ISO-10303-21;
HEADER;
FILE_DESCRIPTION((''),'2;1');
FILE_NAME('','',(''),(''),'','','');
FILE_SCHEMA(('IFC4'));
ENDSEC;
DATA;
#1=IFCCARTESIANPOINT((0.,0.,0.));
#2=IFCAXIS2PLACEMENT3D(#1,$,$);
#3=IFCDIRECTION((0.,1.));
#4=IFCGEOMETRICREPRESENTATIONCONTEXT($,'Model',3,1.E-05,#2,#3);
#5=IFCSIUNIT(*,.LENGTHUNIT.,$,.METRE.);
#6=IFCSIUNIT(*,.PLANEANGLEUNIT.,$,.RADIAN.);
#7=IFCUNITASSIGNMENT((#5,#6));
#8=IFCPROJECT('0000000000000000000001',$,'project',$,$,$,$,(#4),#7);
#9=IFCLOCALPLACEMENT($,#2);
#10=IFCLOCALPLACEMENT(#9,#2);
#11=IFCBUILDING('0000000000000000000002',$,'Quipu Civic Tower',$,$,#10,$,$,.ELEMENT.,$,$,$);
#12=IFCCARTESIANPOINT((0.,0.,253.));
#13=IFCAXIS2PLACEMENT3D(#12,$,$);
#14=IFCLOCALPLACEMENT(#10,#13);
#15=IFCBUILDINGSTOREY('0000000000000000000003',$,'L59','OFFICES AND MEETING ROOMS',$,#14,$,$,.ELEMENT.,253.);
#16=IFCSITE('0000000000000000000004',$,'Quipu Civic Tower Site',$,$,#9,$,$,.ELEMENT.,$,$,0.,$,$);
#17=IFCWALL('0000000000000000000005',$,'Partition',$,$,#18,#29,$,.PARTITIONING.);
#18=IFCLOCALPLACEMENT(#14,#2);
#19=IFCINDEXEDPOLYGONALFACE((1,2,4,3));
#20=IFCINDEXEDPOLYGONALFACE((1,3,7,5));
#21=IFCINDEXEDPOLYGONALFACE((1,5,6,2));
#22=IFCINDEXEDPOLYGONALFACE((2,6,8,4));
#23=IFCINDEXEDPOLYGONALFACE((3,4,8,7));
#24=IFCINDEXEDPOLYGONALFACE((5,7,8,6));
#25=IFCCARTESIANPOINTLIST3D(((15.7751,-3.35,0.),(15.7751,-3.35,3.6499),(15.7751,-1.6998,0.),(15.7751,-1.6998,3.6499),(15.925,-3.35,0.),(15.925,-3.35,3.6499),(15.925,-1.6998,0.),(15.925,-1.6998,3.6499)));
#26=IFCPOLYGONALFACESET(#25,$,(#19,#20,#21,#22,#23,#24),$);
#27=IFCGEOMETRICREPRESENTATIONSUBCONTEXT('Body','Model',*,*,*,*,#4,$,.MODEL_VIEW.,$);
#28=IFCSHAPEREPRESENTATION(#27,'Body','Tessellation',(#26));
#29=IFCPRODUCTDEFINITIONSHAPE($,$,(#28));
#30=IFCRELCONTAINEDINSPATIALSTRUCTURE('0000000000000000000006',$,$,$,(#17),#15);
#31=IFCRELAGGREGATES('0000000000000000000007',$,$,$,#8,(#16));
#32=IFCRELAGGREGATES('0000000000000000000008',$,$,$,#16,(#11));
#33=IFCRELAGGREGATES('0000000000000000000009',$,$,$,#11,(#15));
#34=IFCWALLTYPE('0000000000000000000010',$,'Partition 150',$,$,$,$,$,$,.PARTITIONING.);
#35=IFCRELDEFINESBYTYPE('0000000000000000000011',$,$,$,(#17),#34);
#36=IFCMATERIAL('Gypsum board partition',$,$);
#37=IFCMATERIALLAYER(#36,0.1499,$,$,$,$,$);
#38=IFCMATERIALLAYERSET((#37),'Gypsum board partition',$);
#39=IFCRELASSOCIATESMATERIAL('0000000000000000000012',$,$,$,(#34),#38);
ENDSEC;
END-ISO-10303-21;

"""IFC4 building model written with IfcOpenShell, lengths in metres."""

from ifc_helpers import new_model, si_unit, direction, frame, frame_2d, origin, place, context, subcontext, project, spatial, rectangle, extrude, material, layer, layer_set, type_object, element, save


model = new_model("IFC4")

# Units and contexts
model_context = context("Model", 3, precision=1e-05, world=origin(), true_north=direction((0.0, 1.0)))
body_context = subcontext(model_context, "Body", "Model", "MODEL_VIEW")
ifc_project = project(units=[si_unit("LENGTHUNIT", "METRE"), si_unit("PLANEANGLEUNIT", "RADIAN")], contexts=[model_context])

# Site, building, storey
site_placement = place(None, origin())
site = spatial("IfcSite", under=ifc_project, at=site_placement, Name="Quipu Civic Tower Site", CompositionType="ELEMENT", RefElevation=0.0)
building_placement = place(site_placement, origin())
building = spatial("IfcBuilding", under=site, at=building_placement, Name="Quipu Civic Tower", CompositionType="ELEMENT")
storey_placement = place(building_placement, frame((0.0, 0.0, 253.0)))
storey = spatial("IfcBuildingStorey", under=building, at=storey_placement, Name="L59", Description="OFFICES AND MEETING ROOMS", CompositionType="ELEMENT", Elevation=253.0)

# Shared definitions
ifc_material_1 = material(Name="Gypsum board partition")
ifc_layer_1 = layer(ifc_material_1, 0.1499)
ifc_layer_set_1 = layer_set([ifc_layer_1], Name="Gypsum board partition")
wall_type_1 = type_object("IfcWallType", Name="Partition 150", PredefinedType="PARTITIONING", material=ifc_layer_set_1)

# Wall
wall_1_placement = place(storey_placement, frame((15.8501, -3.3501, 0.0), z_axis=(0.0, 0.0, 1.0), x_axis=(0.0, 1.0, 0.0)))
element("IfcWall", 1, at=wall_1_placement, inside=storey, type_object=wall_type_1, Name="Partition", PredefinedType="PARTITIONING", context=body_context, shape_type="SweptSolid", body=[
    extrude(rectangle(XDim=1.6501, YDim=0.1499, at=frame_2d((0.8252, 0.0))), origin(), (0.0, 0.0, 1.0), 3.6499),
])

save(model, "model.ifc")
